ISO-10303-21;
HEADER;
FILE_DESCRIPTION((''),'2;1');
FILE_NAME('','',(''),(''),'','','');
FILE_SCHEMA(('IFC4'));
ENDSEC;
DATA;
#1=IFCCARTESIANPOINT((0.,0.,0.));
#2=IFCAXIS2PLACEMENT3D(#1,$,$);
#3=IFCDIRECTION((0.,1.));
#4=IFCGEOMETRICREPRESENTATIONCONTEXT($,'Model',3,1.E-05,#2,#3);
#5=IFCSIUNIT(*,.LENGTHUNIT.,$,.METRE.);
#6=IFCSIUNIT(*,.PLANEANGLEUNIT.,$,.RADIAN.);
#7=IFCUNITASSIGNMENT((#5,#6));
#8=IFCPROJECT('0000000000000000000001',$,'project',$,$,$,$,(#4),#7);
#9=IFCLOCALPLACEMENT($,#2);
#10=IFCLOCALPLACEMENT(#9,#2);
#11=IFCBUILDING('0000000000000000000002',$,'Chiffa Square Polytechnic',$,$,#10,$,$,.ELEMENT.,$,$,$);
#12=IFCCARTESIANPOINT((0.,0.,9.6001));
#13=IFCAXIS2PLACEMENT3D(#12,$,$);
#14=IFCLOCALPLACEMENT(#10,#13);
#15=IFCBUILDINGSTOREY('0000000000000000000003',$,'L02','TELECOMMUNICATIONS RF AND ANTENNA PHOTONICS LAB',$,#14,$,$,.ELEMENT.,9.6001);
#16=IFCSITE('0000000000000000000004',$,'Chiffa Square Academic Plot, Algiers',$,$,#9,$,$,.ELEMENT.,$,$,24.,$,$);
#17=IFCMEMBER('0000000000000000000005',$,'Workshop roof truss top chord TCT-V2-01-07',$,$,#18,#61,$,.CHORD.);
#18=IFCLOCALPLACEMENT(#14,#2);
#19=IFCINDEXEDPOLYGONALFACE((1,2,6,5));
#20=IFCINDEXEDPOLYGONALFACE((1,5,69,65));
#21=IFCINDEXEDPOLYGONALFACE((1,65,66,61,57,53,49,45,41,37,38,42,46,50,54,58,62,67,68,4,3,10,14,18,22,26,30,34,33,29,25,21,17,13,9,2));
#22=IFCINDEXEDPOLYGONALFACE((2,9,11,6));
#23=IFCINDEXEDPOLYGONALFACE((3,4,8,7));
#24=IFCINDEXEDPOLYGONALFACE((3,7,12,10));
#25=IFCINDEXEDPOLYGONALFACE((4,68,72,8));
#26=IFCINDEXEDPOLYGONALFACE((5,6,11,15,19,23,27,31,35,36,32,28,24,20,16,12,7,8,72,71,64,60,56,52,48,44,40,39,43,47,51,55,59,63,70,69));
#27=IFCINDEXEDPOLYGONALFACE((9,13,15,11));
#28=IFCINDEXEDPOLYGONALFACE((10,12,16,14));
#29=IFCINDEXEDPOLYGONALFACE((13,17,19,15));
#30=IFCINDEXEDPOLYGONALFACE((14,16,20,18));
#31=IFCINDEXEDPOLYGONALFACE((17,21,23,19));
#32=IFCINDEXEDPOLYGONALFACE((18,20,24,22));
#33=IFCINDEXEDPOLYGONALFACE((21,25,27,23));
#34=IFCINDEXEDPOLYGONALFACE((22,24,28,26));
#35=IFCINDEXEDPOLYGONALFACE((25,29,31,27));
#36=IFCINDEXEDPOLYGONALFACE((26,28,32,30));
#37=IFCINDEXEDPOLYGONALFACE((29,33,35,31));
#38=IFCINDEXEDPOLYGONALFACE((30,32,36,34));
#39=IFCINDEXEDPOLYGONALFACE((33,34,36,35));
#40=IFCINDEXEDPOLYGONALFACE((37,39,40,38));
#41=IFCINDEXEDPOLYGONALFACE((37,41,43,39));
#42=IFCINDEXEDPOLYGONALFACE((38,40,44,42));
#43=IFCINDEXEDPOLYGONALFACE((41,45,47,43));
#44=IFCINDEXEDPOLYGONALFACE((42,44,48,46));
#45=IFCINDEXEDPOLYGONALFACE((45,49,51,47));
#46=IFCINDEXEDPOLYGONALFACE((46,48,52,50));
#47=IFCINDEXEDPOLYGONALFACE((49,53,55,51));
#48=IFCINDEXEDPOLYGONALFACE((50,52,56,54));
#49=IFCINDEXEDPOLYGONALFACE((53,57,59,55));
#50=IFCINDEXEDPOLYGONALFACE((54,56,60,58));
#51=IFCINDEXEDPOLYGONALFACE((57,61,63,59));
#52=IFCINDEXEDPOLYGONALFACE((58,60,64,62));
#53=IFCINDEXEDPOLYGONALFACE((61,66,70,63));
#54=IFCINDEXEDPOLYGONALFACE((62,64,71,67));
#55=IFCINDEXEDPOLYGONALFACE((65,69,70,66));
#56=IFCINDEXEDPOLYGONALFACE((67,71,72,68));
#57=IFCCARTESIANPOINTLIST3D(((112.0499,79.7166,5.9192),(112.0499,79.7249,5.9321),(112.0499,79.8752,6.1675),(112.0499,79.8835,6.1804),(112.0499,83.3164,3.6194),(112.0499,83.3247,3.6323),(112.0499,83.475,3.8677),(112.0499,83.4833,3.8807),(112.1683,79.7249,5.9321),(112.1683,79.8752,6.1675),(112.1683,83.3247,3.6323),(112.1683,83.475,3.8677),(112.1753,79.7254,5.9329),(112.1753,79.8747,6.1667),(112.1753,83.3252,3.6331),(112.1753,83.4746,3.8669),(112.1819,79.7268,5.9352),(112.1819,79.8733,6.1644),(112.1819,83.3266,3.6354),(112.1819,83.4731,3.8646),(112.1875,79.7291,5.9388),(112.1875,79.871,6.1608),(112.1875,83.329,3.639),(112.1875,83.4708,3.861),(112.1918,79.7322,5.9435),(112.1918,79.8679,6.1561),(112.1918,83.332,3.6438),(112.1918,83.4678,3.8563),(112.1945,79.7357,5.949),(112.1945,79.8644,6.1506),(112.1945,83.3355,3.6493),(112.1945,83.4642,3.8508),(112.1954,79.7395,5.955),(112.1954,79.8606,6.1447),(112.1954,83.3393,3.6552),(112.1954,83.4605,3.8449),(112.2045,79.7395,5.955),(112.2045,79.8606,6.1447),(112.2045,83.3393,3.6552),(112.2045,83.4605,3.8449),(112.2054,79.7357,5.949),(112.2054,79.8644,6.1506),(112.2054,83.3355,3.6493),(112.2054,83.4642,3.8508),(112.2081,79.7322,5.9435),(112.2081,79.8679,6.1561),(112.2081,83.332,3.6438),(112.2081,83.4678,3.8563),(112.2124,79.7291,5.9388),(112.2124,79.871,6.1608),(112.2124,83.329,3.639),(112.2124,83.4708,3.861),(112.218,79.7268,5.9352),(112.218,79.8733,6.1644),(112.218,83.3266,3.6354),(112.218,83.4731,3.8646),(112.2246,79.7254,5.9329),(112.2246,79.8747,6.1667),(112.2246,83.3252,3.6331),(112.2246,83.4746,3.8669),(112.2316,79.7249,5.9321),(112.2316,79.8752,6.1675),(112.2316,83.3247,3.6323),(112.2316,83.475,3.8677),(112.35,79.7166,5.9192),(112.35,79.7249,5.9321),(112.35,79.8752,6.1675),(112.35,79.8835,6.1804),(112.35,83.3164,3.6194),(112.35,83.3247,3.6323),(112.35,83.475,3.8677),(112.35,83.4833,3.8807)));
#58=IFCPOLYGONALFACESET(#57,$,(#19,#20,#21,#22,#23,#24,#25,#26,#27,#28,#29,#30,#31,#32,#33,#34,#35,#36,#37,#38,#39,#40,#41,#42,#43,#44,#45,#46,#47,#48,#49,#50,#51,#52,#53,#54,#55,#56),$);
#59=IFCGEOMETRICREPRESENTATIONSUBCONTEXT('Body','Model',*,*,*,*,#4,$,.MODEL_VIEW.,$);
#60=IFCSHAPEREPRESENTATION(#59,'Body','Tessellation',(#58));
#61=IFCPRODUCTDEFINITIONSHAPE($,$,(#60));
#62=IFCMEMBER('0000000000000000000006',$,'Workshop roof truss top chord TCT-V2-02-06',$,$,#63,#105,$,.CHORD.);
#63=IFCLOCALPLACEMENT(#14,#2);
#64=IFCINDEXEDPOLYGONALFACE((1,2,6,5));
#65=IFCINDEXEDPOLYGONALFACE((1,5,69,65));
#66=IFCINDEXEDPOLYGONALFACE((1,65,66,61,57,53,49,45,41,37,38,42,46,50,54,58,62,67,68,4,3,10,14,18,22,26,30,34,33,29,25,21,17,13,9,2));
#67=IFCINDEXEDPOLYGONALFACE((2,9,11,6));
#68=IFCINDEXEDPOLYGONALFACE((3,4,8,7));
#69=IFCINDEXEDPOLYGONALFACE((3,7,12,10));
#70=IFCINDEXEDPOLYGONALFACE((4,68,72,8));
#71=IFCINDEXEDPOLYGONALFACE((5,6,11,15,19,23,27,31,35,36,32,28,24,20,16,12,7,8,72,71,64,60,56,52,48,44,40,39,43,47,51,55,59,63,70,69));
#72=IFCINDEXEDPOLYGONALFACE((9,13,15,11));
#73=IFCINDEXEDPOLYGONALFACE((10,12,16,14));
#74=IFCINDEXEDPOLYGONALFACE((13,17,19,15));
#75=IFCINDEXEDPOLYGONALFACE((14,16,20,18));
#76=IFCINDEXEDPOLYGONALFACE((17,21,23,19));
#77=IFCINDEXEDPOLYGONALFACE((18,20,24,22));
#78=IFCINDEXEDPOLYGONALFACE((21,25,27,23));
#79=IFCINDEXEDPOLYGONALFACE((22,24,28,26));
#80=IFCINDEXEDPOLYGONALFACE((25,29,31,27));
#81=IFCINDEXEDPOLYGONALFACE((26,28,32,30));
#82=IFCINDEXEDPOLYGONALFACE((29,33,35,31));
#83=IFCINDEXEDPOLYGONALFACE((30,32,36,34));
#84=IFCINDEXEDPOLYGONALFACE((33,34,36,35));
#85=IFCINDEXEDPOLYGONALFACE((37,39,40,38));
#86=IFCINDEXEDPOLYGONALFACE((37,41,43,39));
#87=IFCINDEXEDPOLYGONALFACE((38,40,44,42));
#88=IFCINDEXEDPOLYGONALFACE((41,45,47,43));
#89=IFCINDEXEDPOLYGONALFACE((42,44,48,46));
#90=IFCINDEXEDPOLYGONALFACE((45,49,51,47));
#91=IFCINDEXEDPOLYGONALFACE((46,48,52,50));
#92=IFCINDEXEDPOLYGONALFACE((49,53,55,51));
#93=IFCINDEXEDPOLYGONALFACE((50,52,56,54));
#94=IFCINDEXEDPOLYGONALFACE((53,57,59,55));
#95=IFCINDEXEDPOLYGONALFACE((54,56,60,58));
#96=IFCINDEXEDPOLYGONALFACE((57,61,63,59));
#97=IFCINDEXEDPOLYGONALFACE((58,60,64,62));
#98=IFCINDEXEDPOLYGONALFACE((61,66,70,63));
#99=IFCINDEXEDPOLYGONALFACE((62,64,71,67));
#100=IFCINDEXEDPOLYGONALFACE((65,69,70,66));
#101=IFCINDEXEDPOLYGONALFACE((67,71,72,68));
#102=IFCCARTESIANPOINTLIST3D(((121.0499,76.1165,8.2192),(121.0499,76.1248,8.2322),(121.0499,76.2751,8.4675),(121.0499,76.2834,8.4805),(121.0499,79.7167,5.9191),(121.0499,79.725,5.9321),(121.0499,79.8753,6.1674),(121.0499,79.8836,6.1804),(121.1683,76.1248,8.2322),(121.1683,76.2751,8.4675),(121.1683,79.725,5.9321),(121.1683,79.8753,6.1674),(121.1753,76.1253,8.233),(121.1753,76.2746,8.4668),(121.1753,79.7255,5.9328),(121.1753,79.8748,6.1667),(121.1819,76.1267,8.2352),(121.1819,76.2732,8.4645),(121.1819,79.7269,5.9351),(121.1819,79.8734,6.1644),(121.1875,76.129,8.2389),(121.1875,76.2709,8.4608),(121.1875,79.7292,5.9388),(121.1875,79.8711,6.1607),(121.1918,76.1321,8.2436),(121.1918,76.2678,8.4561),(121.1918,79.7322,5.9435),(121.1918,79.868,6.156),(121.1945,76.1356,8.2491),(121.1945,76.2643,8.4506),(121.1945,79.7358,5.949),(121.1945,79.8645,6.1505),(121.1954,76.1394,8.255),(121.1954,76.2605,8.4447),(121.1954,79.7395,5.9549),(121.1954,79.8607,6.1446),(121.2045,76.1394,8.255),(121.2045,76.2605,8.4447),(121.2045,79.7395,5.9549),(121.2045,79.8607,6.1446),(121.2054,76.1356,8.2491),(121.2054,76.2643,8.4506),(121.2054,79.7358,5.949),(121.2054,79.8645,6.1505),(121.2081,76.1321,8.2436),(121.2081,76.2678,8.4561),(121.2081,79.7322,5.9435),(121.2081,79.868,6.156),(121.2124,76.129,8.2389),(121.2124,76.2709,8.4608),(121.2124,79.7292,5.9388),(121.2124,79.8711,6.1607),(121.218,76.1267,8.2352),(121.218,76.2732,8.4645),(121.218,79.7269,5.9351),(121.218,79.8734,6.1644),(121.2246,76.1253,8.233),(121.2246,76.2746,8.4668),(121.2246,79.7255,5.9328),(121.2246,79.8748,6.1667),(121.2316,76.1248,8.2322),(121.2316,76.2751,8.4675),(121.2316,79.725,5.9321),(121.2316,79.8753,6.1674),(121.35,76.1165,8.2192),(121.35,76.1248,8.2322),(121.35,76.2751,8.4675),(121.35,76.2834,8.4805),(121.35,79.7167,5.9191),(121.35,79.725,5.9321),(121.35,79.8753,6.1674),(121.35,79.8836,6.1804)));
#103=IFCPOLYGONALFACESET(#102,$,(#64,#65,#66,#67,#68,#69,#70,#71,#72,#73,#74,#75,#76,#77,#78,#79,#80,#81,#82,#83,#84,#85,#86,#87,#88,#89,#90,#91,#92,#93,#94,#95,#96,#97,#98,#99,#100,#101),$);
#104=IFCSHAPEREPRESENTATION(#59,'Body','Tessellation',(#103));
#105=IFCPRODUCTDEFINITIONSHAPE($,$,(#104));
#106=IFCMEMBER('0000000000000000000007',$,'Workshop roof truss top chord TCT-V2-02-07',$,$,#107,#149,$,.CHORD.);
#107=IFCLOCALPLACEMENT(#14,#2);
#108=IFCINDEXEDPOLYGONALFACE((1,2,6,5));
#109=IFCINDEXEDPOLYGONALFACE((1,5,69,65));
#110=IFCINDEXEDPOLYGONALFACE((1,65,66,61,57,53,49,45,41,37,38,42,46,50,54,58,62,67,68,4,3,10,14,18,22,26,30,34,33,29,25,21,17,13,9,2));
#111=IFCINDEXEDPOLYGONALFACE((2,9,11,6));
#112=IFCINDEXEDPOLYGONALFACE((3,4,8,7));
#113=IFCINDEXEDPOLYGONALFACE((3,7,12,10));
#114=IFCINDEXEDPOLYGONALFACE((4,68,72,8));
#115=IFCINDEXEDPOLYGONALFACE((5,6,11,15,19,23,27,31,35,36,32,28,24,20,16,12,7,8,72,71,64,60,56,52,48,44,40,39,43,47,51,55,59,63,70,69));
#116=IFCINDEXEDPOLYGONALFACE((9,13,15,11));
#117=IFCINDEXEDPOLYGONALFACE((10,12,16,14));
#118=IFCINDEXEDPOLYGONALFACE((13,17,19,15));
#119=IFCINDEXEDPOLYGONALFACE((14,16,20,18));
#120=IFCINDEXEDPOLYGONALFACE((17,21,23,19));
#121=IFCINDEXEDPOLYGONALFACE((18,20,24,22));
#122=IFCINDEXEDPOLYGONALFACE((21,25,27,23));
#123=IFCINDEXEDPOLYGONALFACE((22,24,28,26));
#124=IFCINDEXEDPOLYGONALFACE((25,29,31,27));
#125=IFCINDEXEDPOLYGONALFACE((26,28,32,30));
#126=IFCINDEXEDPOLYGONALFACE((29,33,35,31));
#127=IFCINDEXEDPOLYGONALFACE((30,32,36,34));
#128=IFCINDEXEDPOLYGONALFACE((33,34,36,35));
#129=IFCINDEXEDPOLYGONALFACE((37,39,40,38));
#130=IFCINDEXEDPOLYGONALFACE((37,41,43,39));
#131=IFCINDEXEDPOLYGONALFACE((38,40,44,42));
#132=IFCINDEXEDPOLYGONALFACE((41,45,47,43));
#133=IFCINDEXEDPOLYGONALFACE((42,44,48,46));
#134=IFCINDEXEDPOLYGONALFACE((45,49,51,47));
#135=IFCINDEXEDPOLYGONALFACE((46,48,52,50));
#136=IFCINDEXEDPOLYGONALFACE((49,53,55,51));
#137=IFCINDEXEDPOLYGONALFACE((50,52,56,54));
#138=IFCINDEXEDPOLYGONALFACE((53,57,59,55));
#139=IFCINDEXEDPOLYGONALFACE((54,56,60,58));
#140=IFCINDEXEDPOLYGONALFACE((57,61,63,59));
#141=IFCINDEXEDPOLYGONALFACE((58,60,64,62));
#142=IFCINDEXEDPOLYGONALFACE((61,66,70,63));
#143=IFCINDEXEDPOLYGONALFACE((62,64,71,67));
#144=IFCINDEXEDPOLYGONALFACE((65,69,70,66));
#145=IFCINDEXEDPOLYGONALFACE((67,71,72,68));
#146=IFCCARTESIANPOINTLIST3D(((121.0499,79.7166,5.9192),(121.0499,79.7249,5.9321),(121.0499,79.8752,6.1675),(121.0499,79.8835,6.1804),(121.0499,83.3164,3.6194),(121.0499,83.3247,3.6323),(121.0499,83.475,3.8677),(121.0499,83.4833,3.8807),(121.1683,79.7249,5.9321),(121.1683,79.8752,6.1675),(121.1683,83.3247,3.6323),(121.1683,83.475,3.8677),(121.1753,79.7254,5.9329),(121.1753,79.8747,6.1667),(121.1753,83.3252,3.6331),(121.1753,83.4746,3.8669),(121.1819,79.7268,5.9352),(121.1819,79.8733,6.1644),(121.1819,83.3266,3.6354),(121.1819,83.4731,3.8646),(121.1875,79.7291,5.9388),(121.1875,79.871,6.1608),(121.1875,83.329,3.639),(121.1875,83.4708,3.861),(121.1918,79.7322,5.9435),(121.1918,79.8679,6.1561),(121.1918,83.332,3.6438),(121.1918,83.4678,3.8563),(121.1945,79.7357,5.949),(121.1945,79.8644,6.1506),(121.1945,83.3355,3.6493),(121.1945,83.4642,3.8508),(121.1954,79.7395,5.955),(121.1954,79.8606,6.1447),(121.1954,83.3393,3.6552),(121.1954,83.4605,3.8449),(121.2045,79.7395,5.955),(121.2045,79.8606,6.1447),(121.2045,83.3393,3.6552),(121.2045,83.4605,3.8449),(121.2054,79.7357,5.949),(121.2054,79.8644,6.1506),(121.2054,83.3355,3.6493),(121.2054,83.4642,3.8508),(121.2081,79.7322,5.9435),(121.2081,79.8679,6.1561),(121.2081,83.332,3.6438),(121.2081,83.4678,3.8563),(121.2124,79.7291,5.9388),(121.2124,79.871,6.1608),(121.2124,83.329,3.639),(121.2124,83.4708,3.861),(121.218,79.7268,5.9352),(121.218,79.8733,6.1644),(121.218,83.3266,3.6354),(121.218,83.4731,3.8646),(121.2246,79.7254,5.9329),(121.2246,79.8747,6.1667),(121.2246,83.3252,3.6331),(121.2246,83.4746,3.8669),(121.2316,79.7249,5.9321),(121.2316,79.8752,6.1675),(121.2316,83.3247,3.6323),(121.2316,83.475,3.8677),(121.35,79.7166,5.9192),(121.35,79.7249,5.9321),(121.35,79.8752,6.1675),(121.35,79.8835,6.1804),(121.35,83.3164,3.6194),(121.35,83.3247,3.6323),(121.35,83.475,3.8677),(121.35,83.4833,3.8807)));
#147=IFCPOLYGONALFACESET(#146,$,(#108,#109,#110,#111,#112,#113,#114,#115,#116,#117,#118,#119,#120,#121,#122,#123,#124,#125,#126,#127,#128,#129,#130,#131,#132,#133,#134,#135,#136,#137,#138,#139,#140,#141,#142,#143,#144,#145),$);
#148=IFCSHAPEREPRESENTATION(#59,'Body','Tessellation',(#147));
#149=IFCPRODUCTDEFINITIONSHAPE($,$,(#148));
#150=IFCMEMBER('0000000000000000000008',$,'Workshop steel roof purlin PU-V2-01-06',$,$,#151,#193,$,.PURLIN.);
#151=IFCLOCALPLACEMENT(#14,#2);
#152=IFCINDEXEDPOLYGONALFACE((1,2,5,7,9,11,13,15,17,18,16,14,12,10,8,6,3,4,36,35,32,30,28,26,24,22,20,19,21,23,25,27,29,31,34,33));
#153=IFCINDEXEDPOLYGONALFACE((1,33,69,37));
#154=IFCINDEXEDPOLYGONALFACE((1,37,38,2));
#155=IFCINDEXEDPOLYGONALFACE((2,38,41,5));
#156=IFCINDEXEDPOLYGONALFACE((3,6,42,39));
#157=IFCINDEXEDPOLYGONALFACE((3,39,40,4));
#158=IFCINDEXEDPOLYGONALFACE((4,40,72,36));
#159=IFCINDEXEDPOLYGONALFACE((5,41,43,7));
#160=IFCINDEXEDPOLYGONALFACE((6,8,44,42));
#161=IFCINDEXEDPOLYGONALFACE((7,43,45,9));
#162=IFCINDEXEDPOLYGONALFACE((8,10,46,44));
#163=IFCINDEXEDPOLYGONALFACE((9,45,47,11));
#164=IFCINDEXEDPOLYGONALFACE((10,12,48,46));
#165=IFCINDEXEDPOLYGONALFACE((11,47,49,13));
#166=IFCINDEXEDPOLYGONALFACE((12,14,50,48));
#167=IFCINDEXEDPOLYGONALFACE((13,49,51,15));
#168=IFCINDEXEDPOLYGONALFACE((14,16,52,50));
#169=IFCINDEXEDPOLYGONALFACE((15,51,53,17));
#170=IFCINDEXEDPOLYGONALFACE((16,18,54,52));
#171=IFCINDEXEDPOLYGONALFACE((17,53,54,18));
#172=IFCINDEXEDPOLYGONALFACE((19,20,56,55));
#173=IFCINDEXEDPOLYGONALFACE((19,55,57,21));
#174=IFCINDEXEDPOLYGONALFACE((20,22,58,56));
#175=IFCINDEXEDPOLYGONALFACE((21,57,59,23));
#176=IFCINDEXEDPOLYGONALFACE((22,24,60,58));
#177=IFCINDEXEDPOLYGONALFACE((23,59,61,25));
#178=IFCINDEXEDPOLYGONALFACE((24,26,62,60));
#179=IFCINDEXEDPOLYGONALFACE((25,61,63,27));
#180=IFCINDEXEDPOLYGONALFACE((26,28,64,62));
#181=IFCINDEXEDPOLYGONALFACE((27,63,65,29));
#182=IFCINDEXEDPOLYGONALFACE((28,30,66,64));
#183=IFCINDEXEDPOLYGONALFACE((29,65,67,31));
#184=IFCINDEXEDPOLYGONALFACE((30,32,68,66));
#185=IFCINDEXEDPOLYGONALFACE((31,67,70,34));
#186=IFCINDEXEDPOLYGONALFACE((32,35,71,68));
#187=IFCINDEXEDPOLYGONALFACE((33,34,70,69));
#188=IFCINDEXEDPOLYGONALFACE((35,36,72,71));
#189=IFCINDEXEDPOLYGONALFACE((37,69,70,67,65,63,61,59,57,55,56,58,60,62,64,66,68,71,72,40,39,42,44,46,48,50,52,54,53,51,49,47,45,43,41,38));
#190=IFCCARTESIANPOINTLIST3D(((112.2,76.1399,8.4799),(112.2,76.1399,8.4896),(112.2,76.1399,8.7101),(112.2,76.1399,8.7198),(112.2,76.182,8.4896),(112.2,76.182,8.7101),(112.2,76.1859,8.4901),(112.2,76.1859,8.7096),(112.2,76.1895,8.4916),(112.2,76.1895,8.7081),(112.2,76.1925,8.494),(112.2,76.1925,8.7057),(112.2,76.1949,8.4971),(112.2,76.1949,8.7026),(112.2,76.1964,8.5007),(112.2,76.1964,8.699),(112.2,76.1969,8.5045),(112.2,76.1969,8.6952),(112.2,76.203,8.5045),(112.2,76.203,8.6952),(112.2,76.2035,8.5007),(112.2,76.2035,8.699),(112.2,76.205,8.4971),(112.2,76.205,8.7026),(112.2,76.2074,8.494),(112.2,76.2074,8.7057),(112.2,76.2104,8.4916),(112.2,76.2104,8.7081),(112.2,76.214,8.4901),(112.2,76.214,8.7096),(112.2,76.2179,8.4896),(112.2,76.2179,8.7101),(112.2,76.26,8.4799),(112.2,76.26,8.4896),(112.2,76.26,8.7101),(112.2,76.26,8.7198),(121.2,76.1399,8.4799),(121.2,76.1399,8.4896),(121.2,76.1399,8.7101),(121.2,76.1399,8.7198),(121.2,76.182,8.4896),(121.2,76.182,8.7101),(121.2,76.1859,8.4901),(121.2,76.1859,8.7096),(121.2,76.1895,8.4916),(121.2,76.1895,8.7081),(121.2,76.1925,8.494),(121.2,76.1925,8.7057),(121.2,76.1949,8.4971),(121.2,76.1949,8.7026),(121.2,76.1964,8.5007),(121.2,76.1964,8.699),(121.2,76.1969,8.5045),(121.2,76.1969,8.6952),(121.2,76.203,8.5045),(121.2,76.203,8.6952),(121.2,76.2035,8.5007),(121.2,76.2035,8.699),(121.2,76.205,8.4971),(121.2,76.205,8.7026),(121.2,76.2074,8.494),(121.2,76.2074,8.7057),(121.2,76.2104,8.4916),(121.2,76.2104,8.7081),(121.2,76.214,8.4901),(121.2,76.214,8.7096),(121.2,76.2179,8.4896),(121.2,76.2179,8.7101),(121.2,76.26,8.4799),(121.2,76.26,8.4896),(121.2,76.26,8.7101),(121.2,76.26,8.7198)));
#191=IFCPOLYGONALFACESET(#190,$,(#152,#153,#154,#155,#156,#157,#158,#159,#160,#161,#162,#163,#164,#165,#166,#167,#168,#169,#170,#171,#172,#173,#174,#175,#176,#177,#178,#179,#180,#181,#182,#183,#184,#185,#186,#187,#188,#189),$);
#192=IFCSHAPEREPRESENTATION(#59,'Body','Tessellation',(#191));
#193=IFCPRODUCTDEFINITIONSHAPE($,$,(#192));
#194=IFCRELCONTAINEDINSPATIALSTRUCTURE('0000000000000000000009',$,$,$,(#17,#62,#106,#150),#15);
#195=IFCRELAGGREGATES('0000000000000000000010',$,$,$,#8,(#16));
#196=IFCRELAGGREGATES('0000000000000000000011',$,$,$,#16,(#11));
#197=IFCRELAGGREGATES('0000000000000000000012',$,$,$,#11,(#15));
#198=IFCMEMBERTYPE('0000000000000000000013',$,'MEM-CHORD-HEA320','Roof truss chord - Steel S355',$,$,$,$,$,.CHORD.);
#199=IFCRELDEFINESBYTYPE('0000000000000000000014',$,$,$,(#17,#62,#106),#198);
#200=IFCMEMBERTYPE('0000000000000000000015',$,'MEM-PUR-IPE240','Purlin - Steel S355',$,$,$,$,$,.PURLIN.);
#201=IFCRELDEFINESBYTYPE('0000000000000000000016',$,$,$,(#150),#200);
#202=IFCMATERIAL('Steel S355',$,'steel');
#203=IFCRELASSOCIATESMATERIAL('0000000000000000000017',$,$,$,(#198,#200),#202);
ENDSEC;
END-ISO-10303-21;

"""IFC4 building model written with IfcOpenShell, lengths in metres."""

from ifc_helpers import new_model, si_unit, direction, frame, origin, origin_2d, place, context, subcontext, project, spatial, i_section, extrude, material, material_profile, profile_set, type_object, element, save


model = new_model("IFC4")

# Units and contexts
model_context = context("Model", 3, precision=1e-05, world=origin(), true_north=direction((0.0, 1.0)))
body_context = subcontext(model_context, "Body", "Model", "MODEL_VIEW")
ifc_project = project(units=[si_unit("LENGTHUNIT", "METRE"), si_unit("PLANEANGLEUNIT", "RADIAN")], contexts=[model_context])

# Site, building, storey
site_placement = place(None, origin())
site = spatial("IfcSite", under=ifc_project, at=site_placement, Name="Chiffa Square Academic Plot, Algiers", CompositionType="ELEMENT", RefElevation=24.0)
building_placement = place(site_placement, origin())
building = spatial("IfcBuilding", under=site, at=building_placement, Name="Chiffa Square Polytechnic", CompositionType="ELEMENT")
storey_placement = place(building_placement, frame((0.0, 0.0, 9.6001)))
storey = spatial("IfcBuildingStorey", under=building, at=storey_placement, Name="L02", Description="TELECOMMUNICATIONS RF AND ANTENNA PHOTONICS LAB", CompositionType="ELEMENT", Elevation=9.6001)

# Shared definitions
ifc_material_1 = material(Name="Steel S355", Category="steel")

# Members
ifc_material_profile_1 = material_profile(ifc_material_1, i_section(OverallWidth=0.3, OverallDepth=0.3101, WebThickness=0.009, FlangeThickness=0.0154, FilletRadius=0.0271, at=origin_2d()), Name="HEA 320")
ifc_profile_set_1 = profile_set([ifc_material_profile_1], Name="Steel S355")
member_type_1 = type_object("IfcMemberType", Name="MEM-CHORD-HEA320", Description="Roof truss chord - Steel S355", PredefinedType="CHORD", material=ifc_profile_set_1)
member_1_placement = place(storey_placement, frame((112.2, 79.8, 6.0498), z_axis=(0.0, 0.842707, -0.538372), x_axis=(-1.0, 0.0, 0.0)))
element("IfcMember", 1, at=member_1_placement, inside=storey, type_object=member_type_1, Name="Workshop roof truss top chord TCT-V2-01-07", PredefinedType="CHORD", context=body_context, shape_type="SweptSolid", body=[
    extrude(i_section(OverallWidth=0.3, OverallDepth=0.3101, WebThickness=0.009, FlangeThickness=0.0154, FilletRadius=0.0271, at=origin_2d()), origin(), (0.0, 0.0, 1.0), 4.2717),
])
member_2_placement = place(storey_placement, frame((121.2, 76.2, 8.3499), z_axis=(0.0, 0.842698, -0.538387), x_axis=(-1.0, 0.0, 0.0)))
element("IfcMember", 2, at=member_2_placement, inside=storey, type_object=member_type_1, Name="Workshop roof truss top chord TCT-V2-02-06", PredefinedType="CHORD", context=body_context, shape_type="SweptSolid", body=[
    extrude(i_section(OverallWidth=0.3, OverallDepth=0.3101, WebThickness=0.009, FlangeThickness=0.0154, FilletRadius=0.0271, at=origin_2d()), origin(), (0.0, 0.0, 1.0), 4.2722),
])
member_3_placement = place(storey_placement, frame((121.2, 79.8, 6.0498), z_axis=(0.0, 0.842707, -0.538372), x_axis=(-1.0, 0.0, 0.0)))
element("IfcMember", 3, at=member_3_placement, inside=storey, type_object=member_type_1, Name="Workshop roof truss top chord TCT-V2-02-07", PredefinedType="CHORD", context=body_context, shape_type="SweptSolid", body=[
    extrude(i_section(OverallWidth=0.3, OverallDepth=0.3101, WebThickness=0.009, FlangeThickness=0.0154, FilletRadius=0.0271, at=origin_2d()), origin(), (0.0, 0.0, 1.0), 4.2717),
])
ifc_material_profile_2 = material_profile(ifc_material_1, i_section(OverallWidth=0.1201, OverallDepth=0.24, WebThickness=0.0061, FlangeThickness=0.0098, FilletRadius=0.0149, at=origin_2d()), Name="IPE 240")
ifc_profile_set_2 = profile_set([ifc_material_profile_2], Name="Steel S355")
member_type_2 = type_object("IfcMemberType", Name="MEM-PUR-IPE240", Description="Purlin - Steel S355", PredefinedType="PURLIN", material=ifc_profile_set_2)
for number, where, z_axis, x_axis, name in (
    (4, (112.2, 76.2, 8.5999), (1.0, 0.0, 0.0), (0.0, 1.0, 0.0), "Workshop steel roof purlin PU-V2-01-06"),
):
    element("IfcMember", number, at=place(storey_placement, frame(where, z_axis=z_axis, x_axis=x_axis)), inside=storey, type_object=member_type_2, Name=name, PredefinedType="PURLIN", context=body_context, shape_type="SweptSolid", body=[
        extrude(i_section(OverallWidth=0.1201, OverallDepth=0.24, WebThickness=0.0061, FlangeThickness=0.0098, FilletRadius=0.0149, at=origin_2d()), origin(), (0.0, 0.0, 1.0), 9.0),
    ])

save(model, "model.ifc")
